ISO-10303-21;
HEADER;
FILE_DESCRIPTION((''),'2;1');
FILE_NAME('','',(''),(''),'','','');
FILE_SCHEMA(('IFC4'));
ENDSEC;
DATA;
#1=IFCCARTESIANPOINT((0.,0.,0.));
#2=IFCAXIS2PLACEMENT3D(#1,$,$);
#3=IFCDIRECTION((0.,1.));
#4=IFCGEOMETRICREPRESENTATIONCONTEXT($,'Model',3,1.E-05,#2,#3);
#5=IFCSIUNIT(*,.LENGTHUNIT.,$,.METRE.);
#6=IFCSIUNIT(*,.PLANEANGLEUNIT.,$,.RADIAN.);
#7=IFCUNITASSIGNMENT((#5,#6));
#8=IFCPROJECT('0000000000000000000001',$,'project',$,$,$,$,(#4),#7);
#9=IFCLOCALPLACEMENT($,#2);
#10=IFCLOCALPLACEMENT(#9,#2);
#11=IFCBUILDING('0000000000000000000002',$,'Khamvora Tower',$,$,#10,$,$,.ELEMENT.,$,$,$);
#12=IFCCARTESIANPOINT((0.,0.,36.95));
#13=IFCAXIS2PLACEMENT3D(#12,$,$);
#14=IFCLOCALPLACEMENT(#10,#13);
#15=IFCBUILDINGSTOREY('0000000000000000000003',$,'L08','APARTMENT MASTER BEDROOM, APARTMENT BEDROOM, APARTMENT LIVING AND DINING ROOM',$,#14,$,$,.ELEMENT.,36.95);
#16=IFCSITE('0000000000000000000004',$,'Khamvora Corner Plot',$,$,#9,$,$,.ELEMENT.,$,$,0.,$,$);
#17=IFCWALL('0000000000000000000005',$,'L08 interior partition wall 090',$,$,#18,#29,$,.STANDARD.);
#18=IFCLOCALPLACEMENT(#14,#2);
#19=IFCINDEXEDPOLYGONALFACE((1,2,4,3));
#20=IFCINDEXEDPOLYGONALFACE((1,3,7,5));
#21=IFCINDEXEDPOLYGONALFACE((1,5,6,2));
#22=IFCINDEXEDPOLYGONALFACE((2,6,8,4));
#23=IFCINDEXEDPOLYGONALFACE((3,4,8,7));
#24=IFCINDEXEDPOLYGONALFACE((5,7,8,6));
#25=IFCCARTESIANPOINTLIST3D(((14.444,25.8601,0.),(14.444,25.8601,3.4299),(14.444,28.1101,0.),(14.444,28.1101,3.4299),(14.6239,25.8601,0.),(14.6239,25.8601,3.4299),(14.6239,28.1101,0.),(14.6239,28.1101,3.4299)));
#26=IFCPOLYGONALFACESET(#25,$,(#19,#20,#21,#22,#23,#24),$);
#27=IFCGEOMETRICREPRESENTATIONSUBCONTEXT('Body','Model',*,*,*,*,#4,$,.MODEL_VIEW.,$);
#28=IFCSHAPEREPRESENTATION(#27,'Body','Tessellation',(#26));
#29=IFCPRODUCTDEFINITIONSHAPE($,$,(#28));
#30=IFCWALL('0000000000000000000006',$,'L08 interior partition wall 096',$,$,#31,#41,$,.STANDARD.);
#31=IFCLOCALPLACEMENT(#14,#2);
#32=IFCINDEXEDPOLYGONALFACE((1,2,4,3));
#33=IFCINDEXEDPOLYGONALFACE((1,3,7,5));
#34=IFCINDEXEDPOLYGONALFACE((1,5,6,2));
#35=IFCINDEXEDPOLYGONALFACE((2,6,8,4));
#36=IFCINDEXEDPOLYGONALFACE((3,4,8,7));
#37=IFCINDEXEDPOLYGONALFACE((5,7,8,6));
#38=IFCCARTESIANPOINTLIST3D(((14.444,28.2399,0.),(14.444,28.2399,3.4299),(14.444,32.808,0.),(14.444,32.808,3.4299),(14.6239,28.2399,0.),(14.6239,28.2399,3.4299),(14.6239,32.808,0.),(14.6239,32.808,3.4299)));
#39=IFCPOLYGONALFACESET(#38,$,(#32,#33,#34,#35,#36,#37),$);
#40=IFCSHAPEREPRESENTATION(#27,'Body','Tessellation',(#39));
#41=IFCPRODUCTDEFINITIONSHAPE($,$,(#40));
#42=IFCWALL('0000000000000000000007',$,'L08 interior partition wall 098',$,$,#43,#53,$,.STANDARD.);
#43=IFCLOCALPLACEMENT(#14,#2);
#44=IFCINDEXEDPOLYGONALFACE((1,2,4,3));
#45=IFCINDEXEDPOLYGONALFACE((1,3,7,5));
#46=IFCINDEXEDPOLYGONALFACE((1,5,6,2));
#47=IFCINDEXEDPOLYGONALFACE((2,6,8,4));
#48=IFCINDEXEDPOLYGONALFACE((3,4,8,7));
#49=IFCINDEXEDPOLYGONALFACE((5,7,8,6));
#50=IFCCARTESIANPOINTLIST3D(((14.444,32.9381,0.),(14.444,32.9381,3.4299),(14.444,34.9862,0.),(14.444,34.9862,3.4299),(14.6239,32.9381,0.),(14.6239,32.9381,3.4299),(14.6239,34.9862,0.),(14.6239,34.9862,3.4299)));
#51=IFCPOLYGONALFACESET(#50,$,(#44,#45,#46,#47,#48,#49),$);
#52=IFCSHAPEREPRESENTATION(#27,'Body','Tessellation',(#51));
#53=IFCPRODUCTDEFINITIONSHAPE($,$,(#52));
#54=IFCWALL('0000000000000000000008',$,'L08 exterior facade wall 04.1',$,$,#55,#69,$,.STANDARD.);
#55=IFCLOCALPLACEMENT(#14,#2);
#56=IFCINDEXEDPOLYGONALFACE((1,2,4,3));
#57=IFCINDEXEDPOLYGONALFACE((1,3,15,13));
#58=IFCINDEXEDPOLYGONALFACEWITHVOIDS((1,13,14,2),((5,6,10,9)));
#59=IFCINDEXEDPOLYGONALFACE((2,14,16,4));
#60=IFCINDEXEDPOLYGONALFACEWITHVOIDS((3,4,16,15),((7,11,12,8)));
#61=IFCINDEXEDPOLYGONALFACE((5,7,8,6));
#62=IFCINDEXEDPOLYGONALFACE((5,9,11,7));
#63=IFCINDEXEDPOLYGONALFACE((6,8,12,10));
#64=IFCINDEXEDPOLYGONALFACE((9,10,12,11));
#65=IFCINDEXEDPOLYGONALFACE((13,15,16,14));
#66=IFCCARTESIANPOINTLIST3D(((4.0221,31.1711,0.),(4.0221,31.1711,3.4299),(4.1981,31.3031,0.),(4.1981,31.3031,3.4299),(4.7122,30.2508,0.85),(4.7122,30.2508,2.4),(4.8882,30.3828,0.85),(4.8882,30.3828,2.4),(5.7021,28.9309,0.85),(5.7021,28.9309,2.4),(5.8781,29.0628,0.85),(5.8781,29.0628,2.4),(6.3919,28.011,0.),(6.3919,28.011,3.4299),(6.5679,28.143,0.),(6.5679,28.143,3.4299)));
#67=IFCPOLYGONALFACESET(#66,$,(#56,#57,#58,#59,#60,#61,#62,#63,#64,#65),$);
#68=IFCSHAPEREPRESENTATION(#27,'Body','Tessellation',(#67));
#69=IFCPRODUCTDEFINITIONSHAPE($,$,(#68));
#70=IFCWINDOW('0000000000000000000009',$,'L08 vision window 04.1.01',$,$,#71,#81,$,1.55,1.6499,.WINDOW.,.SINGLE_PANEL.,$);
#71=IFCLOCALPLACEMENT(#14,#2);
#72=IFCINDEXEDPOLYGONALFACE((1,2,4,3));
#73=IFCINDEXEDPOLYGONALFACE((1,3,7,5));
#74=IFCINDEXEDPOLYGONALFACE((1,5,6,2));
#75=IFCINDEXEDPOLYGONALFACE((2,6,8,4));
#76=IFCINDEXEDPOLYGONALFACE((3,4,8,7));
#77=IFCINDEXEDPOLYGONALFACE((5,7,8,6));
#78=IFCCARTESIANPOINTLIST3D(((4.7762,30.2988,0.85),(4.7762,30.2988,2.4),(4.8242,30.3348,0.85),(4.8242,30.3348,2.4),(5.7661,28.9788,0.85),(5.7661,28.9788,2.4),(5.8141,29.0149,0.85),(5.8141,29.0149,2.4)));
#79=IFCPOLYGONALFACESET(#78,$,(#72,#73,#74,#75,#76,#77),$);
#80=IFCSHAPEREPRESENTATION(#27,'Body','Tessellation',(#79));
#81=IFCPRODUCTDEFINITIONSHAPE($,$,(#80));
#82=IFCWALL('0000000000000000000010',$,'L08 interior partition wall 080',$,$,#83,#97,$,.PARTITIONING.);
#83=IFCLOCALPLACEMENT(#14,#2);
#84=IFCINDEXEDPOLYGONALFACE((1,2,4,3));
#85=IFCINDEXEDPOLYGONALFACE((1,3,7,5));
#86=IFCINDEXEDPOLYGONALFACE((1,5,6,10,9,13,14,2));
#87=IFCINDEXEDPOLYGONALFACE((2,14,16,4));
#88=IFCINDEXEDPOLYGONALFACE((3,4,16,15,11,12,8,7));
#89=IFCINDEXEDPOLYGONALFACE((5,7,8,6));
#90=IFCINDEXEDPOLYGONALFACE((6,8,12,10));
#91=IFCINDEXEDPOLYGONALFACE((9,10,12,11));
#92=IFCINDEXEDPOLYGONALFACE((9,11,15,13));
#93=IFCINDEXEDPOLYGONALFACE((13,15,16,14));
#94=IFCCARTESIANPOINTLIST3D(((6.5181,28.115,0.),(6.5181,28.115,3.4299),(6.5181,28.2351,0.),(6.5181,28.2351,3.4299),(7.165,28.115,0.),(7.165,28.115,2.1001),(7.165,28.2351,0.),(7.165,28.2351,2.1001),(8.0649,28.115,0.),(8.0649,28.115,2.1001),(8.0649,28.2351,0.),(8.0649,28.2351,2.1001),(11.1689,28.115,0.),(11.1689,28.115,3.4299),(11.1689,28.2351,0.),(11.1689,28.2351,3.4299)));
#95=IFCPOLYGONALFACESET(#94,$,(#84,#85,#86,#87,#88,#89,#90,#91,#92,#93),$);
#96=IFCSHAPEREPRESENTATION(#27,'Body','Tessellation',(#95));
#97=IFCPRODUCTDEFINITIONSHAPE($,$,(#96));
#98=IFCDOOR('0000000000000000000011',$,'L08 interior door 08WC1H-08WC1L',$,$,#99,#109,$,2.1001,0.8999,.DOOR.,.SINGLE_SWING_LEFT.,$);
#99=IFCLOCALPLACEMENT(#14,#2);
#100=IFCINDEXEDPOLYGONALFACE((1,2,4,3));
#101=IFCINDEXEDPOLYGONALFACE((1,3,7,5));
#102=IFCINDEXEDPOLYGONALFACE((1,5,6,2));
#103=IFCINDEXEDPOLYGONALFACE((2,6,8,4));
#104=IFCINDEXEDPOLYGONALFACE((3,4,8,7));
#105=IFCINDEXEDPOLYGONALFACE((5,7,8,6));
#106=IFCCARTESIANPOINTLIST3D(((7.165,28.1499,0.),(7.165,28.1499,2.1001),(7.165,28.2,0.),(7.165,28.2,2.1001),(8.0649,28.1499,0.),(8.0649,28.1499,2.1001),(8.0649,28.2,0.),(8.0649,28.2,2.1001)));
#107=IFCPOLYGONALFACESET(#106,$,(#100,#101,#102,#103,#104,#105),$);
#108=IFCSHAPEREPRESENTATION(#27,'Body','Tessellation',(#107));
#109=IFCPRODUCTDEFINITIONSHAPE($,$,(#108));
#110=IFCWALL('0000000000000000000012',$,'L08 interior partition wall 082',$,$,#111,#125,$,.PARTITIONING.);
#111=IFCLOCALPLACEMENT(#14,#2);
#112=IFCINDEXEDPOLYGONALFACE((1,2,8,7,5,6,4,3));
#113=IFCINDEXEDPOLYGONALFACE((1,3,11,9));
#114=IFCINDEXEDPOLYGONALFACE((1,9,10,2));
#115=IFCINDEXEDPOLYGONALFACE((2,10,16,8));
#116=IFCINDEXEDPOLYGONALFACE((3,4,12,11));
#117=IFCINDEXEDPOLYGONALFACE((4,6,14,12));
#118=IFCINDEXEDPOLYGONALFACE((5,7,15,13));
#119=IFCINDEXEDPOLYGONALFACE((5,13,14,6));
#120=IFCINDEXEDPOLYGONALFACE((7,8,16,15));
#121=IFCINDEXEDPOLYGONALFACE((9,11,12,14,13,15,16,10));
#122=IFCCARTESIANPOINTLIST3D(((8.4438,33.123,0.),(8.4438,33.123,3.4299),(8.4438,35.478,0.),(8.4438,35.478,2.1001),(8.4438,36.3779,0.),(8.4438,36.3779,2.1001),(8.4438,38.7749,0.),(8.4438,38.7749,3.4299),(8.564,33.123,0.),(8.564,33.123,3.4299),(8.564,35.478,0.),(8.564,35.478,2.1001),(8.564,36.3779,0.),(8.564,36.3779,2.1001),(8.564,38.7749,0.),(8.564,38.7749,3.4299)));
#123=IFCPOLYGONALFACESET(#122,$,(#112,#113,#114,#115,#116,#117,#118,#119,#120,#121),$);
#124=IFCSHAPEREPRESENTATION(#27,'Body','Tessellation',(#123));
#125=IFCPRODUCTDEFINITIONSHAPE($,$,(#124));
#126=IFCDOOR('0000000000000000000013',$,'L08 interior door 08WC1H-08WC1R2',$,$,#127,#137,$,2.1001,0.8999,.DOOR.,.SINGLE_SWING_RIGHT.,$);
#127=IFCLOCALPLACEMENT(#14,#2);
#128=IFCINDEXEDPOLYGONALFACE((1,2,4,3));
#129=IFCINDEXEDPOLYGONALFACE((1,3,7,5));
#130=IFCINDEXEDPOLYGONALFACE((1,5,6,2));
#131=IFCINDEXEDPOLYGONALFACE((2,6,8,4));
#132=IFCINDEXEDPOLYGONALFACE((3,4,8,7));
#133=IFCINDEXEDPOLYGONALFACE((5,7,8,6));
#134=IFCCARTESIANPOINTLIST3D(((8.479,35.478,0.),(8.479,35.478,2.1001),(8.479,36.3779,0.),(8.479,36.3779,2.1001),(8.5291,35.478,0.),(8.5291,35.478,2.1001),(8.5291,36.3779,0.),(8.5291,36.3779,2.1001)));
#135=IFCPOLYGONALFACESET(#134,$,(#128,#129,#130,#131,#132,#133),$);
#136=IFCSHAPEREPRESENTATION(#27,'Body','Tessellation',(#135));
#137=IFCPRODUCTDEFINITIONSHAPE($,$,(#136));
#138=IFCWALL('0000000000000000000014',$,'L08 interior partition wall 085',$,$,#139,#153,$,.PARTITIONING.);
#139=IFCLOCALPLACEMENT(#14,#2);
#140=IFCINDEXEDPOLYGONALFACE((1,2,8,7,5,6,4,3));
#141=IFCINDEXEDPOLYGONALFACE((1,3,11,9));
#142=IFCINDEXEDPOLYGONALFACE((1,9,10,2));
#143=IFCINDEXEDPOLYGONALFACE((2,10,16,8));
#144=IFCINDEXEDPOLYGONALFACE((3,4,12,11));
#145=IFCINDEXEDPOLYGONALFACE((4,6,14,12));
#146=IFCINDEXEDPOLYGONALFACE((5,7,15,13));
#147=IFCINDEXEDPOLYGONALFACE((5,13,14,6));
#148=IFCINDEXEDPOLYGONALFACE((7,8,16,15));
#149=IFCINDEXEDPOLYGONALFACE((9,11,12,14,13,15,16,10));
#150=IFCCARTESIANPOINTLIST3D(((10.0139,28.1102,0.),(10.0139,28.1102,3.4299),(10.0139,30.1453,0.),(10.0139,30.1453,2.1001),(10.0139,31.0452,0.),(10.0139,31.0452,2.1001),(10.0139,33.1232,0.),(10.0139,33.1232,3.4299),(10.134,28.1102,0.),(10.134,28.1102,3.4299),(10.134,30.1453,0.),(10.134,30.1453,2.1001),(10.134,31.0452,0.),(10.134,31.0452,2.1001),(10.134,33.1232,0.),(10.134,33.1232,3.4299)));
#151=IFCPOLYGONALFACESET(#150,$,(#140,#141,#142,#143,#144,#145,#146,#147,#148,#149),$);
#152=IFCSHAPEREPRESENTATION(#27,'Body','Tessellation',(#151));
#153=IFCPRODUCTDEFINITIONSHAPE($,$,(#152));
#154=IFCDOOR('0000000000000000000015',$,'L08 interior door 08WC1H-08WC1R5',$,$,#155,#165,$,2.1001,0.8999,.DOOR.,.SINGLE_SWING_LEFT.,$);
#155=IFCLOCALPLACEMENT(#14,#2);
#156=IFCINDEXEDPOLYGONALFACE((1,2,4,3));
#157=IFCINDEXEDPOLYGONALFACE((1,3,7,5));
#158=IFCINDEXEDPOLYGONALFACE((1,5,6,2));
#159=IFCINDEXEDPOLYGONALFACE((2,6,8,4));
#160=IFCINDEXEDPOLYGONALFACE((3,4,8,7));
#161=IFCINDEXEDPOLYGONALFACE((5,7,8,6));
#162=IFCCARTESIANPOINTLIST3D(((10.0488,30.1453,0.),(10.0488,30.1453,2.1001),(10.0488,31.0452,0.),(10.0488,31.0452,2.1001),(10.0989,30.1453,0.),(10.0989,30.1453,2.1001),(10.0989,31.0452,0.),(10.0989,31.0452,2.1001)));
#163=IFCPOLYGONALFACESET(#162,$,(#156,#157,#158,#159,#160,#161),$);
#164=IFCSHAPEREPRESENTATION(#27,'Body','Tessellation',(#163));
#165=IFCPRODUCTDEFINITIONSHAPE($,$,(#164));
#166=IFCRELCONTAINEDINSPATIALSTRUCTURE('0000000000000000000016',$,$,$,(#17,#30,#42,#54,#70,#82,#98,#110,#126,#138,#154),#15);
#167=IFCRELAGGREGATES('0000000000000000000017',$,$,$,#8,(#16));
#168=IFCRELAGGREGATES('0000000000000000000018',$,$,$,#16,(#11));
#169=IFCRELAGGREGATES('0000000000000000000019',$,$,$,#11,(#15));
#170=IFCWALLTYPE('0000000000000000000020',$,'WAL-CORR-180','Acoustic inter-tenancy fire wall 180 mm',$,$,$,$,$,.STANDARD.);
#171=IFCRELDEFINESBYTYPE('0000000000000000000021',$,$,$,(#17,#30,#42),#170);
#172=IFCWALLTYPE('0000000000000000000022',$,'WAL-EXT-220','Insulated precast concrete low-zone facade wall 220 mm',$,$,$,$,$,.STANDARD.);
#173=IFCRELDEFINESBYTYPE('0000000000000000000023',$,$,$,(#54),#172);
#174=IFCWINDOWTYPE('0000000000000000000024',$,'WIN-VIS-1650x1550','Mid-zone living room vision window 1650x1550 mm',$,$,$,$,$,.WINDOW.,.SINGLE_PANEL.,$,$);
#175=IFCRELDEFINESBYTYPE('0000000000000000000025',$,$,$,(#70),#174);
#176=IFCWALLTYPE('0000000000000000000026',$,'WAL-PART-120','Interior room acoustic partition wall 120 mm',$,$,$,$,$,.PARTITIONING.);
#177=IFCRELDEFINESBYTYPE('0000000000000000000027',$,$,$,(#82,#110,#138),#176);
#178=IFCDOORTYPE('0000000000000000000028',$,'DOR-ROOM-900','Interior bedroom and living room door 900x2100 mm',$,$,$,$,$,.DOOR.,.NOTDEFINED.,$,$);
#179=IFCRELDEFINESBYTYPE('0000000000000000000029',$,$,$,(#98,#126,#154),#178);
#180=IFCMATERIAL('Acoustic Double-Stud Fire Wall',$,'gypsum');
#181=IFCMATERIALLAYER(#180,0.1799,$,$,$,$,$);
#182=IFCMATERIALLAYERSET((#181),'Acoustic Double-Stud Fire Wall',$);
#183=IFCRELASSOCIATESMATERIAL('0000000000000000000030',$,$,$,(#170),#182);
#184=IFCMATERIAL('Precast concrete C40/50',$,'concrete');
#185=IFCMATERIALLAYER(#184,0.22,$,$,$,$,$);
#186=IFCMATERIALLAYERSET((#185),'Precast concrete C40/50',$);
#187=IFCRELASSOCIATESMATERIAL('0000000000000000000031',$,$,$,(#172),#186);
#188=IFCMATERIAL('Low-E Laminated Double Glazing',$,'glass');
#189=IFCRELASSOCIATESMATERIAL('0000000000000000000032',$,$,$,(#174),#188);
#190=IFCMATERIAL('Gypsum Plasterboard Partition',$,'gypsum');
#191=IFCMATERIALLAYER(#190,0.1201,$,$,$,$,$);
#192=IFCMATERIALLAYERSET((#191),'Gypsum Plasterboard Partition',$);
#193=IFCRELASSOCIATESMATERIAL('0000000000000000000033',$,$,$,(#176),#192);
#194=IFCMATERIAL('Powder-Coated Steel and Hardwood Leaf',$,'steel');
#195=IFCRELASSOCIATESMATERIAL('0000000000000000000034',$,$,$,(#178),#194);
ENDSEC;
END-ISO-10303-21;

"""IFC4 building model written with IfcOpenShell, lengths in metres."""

from ifc_helpers import new_model, si_unit, direction, frame, frame_2d, origin, place, context, subcontext, project, spatial, rectangle, extrude, material, layer, layer_set, type_object, element, fill, save


model = new_model("IFC4")

# Units and contexts
model_context = context("Model", 3, precision=1e-05, world=origin(), true_north=direction((0.0, 1.0)))
body_context = subcontext(model_context, "Body", "Model", "MODEL_VIEW")
ifc_project = project(units=[si_unit("LENGTHUNIT", "METRE"), si_unit("PLANEANGLEUNIT", "RADIAN")], contexts=[model_context])

# Site, building, storey
site_placement = place(None, origin())
site = spatial("IfcSite", under=ifc_project, at=site_placement, Name="Khamvora Corner Plot", CompositionType="ELEMENT", RefElevation=0.0)
building_placement = place(site_placement, origin())
building = spatial("IfcBuilding", under=site, at=building_placement, Name="Khamvora Tower", CompositionType="ELEMENT")
storey_placement = place(building_placement, frame((0.0, 0.0, 36.95)))
storey = spatial("IfcBuildingStorey", under=building, at=storey_placement, Name="L08", Description="APARTMENT MASTER BEDROOM, APARTMENT BEDROOM, APARTMENT LIVING AND DINING ROOM", CompositionType="ELEMENT", Elevation=36.95)

# Shared definitions
ifc_material_1 = material(Name="Low-E Laminated Double Glazing", Category="glass")

# Walls
ifc_material_2 = material(Name="Acoustic Double-Stud Fire Wall", Category="gypsum")
ifc_layer_1 = layer(ifc_material_2, 0.1799)
ifc_layer_set_1 = layer_set([ifc_layer_1], Name="Acoustic Double-Stud Fire Wall")
wall_type_1 = type_object("IfcWallType", Name="WAL-CORR-180", Description="Acoustic inter-tenancy fire wall 180 mm", PredefinedType="STANDARD", material=ifc_layer_set_1)
wall_1_placement = place(storey_placement, frame((14.5339, 28.1101, 0.0), z_axis=(0.0, 0.0, 1.0), x_axis=(0.0, -1.0, 0.0)))
element("IfcWall", 1, at=wall_1_placement, inside=storey, type_object=wall_type_1, Name="L08 interior partition wall 090", PredefinedType="STANDARD", context=body_context, shape_type="SweptSolid", body=[
    extrude(rectangle(XDim=2.25, YDim=0.1799, at=frame_2d((1.125, 0.0))), origin(), (0.0, 0.0, 1.0), 3.4299),
])
wall_2_placement = place(storey_placement, frame((14.5339, 32.8081, 0.0), z_axis=(0.0, 0.0, 1.0), x_axis=(0.0, -1.0, 0.0)))
element("IfcWall", 2, at=wall_2_placement, inside=storey, type_object=wall_type_1, Name="L08 interior partition wall 096", PredefinedType="STANDARD", context=body_context, shape_type="SweptSolid", body=[
    extrude(rectangle(XDim=4.5681, YDim=0.1799, at=frame_2d((2.2842, 0.0))), origin(), (0.0, 0.0, 1.0), 3.4299),
])
wall_3_placement = place(storey_placement, frame((14.5339, 34.9861, 0.0), z_axis=(0.0, 0.0, 1.0), x_axis=(0.0, -1.0, 0.0)))
element("IfcWall", 3, at=wall_3_placement, inside=storey, type_object=wall_type_1, Name="L08 interior partition wall 098", PredefinedType="STANDARD", context=body_context, shape_type="SweptSolid", body=[
    extrude(rectangle(XDim=2.0481, YDim=0.1799, at=frame_2d((1.0239, 0.0))), origin(), (0.0, 0.0, 1.0), 3.4299),
])

# Wall, opening, window
ifc_material_3 = material(Name="Precast concrete C40/50", Category="concrete")
ifc_layer_2 = layer(ifc_material_3, 0.22)
ifc_layer_set_2 = layer_set([ifc_layer_2], Name="Precast concrete C40/50")
wall_type_2 = type_object("IfcWallType", Name="WAL-EXT-220", Description="Insulated precast concrete low-zone facade wall 220 mm", PredefinedType="STANDARD", material=ifc_layer_set_2)
wall_4_placement = place(storey_placement, frame((6.48, 28.0769, 0.0), z_axis=(0.0, 0.0, 1.0), x_axis=(-0.59996, 0.80003, 0.0)))
wall_4 = element("IfcWall", 4, at=wall_4_placement, inside=storey, type_object=wall_type_2, Name="L08 exterior facade wall 04.1", PredefinedType="STANDARD", context=body_context, shape_type="SweptSolid", body=[
    extrude(rectangle(XDim=3.95, YDim=0.22, at=frame_2d((1.9751, 0.0))), origin(), (0.0, 0.0, 1.0), 3.4299),
])
opening_1_placement = place(wall_4_placement, frame((1.1499, 0.0, 0.8501)))
opening_1 = element("IfcOpeningElement", 5, at=opening_1_placement, cuts=wall_4, PredefinedType="OPENING", context=body_context, shape_type="SweptSolid", body=[
    extrude(rectangle(XDim=1.6499, YDim=1.55, at=frame_2d((0.825, 0.7749))), frame((0.0, 0.1199, 0.0), z_axis=(0.0, -1.0, 0.0), x_axis=(1.0, 0.0, 0.0)), (0.0, 0.0, 1.0), 0.24),
])
window_type = type_object("IfcWindowType", Name="WIN-VIS-1650x1550", Description="Mid-zone living room vision window 1650x1550 mm", PartitioningType="SINGLE_PANEL", PredefinedType="WINDOW", material=ifc_material_1)
window_placement = place(opening_1_placement, origin())
window = element("IfcWindow", 6, at=window_placement, inside=storey, type_object=window_type, Name="L08 vision window 04.1.01", OverallHeight=1.55, OverallWidth=1.6499, PartitioningType="SINGLE_PANEL", PredefinedType="WINDOW", context=body_context, shape_type="SweptSolid", body=[
    extrude(rectangle(XDim=1.6499, YDim=1.55, at=frame_2d((0.825, 0.7749))), frame((0.0, 0.03, 0.0), z_axis=(0.0, -1.0, 0.0), x_axis=(1.0, 0.0, 0.0)), (0.0, 0.0, 1.0), 0.0601),
])
fill(opening_1, window)

# Walls, openings, doors
ifc_material_4 = material(Name="Gypsum Plasterboard Partition", Category="gypsum")
ifc_layer_3 = layer(ifc_material_4, 0.1201)
ifc_layer_set_3 = layer_set([ifc_layer_3], Name="Gypsum Plasterboard Partition")
wall_type_3 = type_object("IfcWallType", Name="WAL-PART-120", Description="Interior room acoustic partition wall 120 mm", PredefinedType="PARTITIONING", material=ifc_layer_set_3)
wall_5_placement = place(storey_placement, frame((6.5181, 28.175, 0.0), z_axis=(0.0, 0.0, 1.0), x_axis=(1.0, 0.0, 0.0)))
wall_5 = element("IfcWall", 7, at=wall_5_placement, inside=storey, type_object=wall_type_3, Name="L08 interior partition wall 080", PredefinedType="PARTITIONING", context=body_context, shape_type="SweptSolid", body=[
    extrude(rectangle(XDim=4.6509, YDim=0.1201, at=frame_2d((2.3254, 0.0))), origin(), (0.0, 0.0, 1.0), 3.4299),
])
opening_2_placement = place(wall_5_placement, frame((0.647, 0.0, 0.0)))
opening_2 = element("IfcOpeningElement", 8, at=opening_2_placement, cuts=wall_5, PredefinedType="OPENING", context=body_context, shape_type="SweptSolid", body=[
    extrude(rectangle(XDim=0.8999, YDim=2.1001, at=frame_2d((0.45, 1.05))), frame((0.0, 0.0701, 0.0), z_axis=(0.0, -1.0, 0.0), x_axis=(1.0, 0.0, 0.0)), (0.0, 0.0, 1.0), 0.1401),
])
ifc_material_5 = material(Name="Powder-Coated Steel and Hardwood Leaf", Category="steel")
door_type = type_object("IfcDoorType", Name="DOR-ROOM-900", Description="Interior bedroom and living room door 900x2100 mm", OperationType="NOTDEFINED", PredefinedType="DOOR", material=ifc_material_5)
door_1_placement = place(opening_2_placement, origin())
door_1 = element("IfcDoor", 9, at=door_1_placement, inside=storey, type_object=door_type, Name="L08 interior door 08WC1H-08WC1L", OperationType="SINGLE_SWING_LEFT", OverallHeight=2.1001, OverallWidth=0.8999, PredefinedType="DOOR", context=body_context, shape_type="SweptSolid", body=[
    extrude(rectangle(XDim=0.8999, YDim=2.1001, at=frame_2d((0.45, 1.05))), frame((0.0, 0.0249, 0.0), z_axis=(0.0, -1.0, 0.0), x_axis=(1.0, 0.0, 0.0)), (0.0, 0.0, 1.0), 0.05),
])
fill(opening_2, door_1)
wall_6_placement = place(storey_placement, frame((8.5039, 33.123, 0.0), z_axis=(0.0, 0.0, 1.0), x_axis=(0.0, 1.0, 0.0)))
wall_6 = element("IfcWall", 10, at=wall_6_placement, inside=storey, type_object=wall_type_3, Name="L08 interior partition wall 082", PredefinedType="PARTITIONING", context=body_context, shape_type="SweptSolid", body=[
    extrude(rectangle(XDim=5.6519, YDim=0.1201, at=frame_2d((2.8259, 0.0))), origin(), (0.0, 0.0, 1.0), 3.4299),
])
opening_3_placement = place(wall_6_placement, frame((2.355, 0.0, 0.0)))
opening_3 = element("IfcOpeningElement", 11, at=opening_3_placement, cuts=wall_6, PredefinedType="OPENING", context=body_context, shape_type="SweptSolid", body=[
    extrude(rectangle(XDim=0.8999, YDim=2.1001, at=frame_2d((0.45, 1.05))), frame((0.0, 0.0701, 0.0), z_axis=(0.0, -1.0, 0.0), x_axis=(1.0, 0.0, 0.0)), (0.0, 0.0, 1.0), 0.1401),
])
door_2_placement = place(opening_3_placement, origin())
door_2 = element("IfcDoor", 12, at=door_2_placement, inside=storey, type_object=door_type, Name="L08 interior door 08WC1H-08WC1R2", OperationType="SINGLE_SWING_RIGHT", OverallHeight=2.1001, OverallWidth=0.8999, PredefinedType="DOOR", context=body_context, shape_type="SweptSolid", body=[
    extrude(rectangle(XDim=0.8999, YDim=2.1001, at=frame_2d((0.45, 1.05))), frame((0.0, 0.0249, 0.0), z_axis=(0.0, -1.0, 0.0), x_axis=(1.0, 0.0, 0.0)), (0.0, 0.0, 1.0), 0.05),
])
fill(opening_3, door_2)
wall_7_placement = place(storey_placement, frame((10.074, 33.123, 0.0), z_axis=(0.0, 0.0, 1.0), x_axis=(0.0, -1.0, 0.0)))
wall_7 = element("IfcWall", 13, at=wall_7_placement, inside=storey, type_object=wall_type_3, Name="L08 interior partition wall 085", PredefinedType="PARTITIONING", context=body_context, shape_type="SweptSolid", body=[
    extrude(rectangle(XDim=5.0129, YDim=0.1201, at=frame_2d((2.5063, 0.0))), origin(), (0.0, 0.0, 1.0), 3.4299),
])
opening_4_placement = place(wall_7_placement, frame((2.0779, 0.0, 0.0)))
opening_4 = element("IfcOpeningElement", 14, at=opening_4_placement, cuts=wall_7, PredefinedType="OPENING", context=body_context, shape_type="SweptSolid", body=[
    extrude(rectangle(XDim=0.8999, YDim=2.1001, at=frame_2d((0.45, 1.05))), frame((0.0, 0.0701, 0.0), z_axis=(0.0, -1.0, 0.0), x_axis=(1.0, 0.0, 0.0)), (0.0, 0.0, 1.0), 0.1401),
])
door_3_placement = place(opening_4_placement, origin())
door_3 = element("IfcDoor", 15, at=door_3_placement, inside=storey, type_object=door_type, Name="L08 interior door 08WC1H-08WC1R5", OperationType="SINGLE_SWING_LEFT", OverallHeight=2.1001, OverallWidth=0.8999, PredefinedType="DOOR", context=body_context, shape_type="SweptSolid", body=[
    extrude(rectangle(XDim=0.8999, YDim=2.1001, at=frame_2d((0.45, 1.05))), frame((0.0, 0.0249, 0.0), z_axis=(0.0, -1.0, 0.0), x_axis=(1.0, 0.0, 0.0)), (0.0, 0.0, 1.0), 0.05),
])
fill(opening_4, door_3)

save(model, "model.ifc")
